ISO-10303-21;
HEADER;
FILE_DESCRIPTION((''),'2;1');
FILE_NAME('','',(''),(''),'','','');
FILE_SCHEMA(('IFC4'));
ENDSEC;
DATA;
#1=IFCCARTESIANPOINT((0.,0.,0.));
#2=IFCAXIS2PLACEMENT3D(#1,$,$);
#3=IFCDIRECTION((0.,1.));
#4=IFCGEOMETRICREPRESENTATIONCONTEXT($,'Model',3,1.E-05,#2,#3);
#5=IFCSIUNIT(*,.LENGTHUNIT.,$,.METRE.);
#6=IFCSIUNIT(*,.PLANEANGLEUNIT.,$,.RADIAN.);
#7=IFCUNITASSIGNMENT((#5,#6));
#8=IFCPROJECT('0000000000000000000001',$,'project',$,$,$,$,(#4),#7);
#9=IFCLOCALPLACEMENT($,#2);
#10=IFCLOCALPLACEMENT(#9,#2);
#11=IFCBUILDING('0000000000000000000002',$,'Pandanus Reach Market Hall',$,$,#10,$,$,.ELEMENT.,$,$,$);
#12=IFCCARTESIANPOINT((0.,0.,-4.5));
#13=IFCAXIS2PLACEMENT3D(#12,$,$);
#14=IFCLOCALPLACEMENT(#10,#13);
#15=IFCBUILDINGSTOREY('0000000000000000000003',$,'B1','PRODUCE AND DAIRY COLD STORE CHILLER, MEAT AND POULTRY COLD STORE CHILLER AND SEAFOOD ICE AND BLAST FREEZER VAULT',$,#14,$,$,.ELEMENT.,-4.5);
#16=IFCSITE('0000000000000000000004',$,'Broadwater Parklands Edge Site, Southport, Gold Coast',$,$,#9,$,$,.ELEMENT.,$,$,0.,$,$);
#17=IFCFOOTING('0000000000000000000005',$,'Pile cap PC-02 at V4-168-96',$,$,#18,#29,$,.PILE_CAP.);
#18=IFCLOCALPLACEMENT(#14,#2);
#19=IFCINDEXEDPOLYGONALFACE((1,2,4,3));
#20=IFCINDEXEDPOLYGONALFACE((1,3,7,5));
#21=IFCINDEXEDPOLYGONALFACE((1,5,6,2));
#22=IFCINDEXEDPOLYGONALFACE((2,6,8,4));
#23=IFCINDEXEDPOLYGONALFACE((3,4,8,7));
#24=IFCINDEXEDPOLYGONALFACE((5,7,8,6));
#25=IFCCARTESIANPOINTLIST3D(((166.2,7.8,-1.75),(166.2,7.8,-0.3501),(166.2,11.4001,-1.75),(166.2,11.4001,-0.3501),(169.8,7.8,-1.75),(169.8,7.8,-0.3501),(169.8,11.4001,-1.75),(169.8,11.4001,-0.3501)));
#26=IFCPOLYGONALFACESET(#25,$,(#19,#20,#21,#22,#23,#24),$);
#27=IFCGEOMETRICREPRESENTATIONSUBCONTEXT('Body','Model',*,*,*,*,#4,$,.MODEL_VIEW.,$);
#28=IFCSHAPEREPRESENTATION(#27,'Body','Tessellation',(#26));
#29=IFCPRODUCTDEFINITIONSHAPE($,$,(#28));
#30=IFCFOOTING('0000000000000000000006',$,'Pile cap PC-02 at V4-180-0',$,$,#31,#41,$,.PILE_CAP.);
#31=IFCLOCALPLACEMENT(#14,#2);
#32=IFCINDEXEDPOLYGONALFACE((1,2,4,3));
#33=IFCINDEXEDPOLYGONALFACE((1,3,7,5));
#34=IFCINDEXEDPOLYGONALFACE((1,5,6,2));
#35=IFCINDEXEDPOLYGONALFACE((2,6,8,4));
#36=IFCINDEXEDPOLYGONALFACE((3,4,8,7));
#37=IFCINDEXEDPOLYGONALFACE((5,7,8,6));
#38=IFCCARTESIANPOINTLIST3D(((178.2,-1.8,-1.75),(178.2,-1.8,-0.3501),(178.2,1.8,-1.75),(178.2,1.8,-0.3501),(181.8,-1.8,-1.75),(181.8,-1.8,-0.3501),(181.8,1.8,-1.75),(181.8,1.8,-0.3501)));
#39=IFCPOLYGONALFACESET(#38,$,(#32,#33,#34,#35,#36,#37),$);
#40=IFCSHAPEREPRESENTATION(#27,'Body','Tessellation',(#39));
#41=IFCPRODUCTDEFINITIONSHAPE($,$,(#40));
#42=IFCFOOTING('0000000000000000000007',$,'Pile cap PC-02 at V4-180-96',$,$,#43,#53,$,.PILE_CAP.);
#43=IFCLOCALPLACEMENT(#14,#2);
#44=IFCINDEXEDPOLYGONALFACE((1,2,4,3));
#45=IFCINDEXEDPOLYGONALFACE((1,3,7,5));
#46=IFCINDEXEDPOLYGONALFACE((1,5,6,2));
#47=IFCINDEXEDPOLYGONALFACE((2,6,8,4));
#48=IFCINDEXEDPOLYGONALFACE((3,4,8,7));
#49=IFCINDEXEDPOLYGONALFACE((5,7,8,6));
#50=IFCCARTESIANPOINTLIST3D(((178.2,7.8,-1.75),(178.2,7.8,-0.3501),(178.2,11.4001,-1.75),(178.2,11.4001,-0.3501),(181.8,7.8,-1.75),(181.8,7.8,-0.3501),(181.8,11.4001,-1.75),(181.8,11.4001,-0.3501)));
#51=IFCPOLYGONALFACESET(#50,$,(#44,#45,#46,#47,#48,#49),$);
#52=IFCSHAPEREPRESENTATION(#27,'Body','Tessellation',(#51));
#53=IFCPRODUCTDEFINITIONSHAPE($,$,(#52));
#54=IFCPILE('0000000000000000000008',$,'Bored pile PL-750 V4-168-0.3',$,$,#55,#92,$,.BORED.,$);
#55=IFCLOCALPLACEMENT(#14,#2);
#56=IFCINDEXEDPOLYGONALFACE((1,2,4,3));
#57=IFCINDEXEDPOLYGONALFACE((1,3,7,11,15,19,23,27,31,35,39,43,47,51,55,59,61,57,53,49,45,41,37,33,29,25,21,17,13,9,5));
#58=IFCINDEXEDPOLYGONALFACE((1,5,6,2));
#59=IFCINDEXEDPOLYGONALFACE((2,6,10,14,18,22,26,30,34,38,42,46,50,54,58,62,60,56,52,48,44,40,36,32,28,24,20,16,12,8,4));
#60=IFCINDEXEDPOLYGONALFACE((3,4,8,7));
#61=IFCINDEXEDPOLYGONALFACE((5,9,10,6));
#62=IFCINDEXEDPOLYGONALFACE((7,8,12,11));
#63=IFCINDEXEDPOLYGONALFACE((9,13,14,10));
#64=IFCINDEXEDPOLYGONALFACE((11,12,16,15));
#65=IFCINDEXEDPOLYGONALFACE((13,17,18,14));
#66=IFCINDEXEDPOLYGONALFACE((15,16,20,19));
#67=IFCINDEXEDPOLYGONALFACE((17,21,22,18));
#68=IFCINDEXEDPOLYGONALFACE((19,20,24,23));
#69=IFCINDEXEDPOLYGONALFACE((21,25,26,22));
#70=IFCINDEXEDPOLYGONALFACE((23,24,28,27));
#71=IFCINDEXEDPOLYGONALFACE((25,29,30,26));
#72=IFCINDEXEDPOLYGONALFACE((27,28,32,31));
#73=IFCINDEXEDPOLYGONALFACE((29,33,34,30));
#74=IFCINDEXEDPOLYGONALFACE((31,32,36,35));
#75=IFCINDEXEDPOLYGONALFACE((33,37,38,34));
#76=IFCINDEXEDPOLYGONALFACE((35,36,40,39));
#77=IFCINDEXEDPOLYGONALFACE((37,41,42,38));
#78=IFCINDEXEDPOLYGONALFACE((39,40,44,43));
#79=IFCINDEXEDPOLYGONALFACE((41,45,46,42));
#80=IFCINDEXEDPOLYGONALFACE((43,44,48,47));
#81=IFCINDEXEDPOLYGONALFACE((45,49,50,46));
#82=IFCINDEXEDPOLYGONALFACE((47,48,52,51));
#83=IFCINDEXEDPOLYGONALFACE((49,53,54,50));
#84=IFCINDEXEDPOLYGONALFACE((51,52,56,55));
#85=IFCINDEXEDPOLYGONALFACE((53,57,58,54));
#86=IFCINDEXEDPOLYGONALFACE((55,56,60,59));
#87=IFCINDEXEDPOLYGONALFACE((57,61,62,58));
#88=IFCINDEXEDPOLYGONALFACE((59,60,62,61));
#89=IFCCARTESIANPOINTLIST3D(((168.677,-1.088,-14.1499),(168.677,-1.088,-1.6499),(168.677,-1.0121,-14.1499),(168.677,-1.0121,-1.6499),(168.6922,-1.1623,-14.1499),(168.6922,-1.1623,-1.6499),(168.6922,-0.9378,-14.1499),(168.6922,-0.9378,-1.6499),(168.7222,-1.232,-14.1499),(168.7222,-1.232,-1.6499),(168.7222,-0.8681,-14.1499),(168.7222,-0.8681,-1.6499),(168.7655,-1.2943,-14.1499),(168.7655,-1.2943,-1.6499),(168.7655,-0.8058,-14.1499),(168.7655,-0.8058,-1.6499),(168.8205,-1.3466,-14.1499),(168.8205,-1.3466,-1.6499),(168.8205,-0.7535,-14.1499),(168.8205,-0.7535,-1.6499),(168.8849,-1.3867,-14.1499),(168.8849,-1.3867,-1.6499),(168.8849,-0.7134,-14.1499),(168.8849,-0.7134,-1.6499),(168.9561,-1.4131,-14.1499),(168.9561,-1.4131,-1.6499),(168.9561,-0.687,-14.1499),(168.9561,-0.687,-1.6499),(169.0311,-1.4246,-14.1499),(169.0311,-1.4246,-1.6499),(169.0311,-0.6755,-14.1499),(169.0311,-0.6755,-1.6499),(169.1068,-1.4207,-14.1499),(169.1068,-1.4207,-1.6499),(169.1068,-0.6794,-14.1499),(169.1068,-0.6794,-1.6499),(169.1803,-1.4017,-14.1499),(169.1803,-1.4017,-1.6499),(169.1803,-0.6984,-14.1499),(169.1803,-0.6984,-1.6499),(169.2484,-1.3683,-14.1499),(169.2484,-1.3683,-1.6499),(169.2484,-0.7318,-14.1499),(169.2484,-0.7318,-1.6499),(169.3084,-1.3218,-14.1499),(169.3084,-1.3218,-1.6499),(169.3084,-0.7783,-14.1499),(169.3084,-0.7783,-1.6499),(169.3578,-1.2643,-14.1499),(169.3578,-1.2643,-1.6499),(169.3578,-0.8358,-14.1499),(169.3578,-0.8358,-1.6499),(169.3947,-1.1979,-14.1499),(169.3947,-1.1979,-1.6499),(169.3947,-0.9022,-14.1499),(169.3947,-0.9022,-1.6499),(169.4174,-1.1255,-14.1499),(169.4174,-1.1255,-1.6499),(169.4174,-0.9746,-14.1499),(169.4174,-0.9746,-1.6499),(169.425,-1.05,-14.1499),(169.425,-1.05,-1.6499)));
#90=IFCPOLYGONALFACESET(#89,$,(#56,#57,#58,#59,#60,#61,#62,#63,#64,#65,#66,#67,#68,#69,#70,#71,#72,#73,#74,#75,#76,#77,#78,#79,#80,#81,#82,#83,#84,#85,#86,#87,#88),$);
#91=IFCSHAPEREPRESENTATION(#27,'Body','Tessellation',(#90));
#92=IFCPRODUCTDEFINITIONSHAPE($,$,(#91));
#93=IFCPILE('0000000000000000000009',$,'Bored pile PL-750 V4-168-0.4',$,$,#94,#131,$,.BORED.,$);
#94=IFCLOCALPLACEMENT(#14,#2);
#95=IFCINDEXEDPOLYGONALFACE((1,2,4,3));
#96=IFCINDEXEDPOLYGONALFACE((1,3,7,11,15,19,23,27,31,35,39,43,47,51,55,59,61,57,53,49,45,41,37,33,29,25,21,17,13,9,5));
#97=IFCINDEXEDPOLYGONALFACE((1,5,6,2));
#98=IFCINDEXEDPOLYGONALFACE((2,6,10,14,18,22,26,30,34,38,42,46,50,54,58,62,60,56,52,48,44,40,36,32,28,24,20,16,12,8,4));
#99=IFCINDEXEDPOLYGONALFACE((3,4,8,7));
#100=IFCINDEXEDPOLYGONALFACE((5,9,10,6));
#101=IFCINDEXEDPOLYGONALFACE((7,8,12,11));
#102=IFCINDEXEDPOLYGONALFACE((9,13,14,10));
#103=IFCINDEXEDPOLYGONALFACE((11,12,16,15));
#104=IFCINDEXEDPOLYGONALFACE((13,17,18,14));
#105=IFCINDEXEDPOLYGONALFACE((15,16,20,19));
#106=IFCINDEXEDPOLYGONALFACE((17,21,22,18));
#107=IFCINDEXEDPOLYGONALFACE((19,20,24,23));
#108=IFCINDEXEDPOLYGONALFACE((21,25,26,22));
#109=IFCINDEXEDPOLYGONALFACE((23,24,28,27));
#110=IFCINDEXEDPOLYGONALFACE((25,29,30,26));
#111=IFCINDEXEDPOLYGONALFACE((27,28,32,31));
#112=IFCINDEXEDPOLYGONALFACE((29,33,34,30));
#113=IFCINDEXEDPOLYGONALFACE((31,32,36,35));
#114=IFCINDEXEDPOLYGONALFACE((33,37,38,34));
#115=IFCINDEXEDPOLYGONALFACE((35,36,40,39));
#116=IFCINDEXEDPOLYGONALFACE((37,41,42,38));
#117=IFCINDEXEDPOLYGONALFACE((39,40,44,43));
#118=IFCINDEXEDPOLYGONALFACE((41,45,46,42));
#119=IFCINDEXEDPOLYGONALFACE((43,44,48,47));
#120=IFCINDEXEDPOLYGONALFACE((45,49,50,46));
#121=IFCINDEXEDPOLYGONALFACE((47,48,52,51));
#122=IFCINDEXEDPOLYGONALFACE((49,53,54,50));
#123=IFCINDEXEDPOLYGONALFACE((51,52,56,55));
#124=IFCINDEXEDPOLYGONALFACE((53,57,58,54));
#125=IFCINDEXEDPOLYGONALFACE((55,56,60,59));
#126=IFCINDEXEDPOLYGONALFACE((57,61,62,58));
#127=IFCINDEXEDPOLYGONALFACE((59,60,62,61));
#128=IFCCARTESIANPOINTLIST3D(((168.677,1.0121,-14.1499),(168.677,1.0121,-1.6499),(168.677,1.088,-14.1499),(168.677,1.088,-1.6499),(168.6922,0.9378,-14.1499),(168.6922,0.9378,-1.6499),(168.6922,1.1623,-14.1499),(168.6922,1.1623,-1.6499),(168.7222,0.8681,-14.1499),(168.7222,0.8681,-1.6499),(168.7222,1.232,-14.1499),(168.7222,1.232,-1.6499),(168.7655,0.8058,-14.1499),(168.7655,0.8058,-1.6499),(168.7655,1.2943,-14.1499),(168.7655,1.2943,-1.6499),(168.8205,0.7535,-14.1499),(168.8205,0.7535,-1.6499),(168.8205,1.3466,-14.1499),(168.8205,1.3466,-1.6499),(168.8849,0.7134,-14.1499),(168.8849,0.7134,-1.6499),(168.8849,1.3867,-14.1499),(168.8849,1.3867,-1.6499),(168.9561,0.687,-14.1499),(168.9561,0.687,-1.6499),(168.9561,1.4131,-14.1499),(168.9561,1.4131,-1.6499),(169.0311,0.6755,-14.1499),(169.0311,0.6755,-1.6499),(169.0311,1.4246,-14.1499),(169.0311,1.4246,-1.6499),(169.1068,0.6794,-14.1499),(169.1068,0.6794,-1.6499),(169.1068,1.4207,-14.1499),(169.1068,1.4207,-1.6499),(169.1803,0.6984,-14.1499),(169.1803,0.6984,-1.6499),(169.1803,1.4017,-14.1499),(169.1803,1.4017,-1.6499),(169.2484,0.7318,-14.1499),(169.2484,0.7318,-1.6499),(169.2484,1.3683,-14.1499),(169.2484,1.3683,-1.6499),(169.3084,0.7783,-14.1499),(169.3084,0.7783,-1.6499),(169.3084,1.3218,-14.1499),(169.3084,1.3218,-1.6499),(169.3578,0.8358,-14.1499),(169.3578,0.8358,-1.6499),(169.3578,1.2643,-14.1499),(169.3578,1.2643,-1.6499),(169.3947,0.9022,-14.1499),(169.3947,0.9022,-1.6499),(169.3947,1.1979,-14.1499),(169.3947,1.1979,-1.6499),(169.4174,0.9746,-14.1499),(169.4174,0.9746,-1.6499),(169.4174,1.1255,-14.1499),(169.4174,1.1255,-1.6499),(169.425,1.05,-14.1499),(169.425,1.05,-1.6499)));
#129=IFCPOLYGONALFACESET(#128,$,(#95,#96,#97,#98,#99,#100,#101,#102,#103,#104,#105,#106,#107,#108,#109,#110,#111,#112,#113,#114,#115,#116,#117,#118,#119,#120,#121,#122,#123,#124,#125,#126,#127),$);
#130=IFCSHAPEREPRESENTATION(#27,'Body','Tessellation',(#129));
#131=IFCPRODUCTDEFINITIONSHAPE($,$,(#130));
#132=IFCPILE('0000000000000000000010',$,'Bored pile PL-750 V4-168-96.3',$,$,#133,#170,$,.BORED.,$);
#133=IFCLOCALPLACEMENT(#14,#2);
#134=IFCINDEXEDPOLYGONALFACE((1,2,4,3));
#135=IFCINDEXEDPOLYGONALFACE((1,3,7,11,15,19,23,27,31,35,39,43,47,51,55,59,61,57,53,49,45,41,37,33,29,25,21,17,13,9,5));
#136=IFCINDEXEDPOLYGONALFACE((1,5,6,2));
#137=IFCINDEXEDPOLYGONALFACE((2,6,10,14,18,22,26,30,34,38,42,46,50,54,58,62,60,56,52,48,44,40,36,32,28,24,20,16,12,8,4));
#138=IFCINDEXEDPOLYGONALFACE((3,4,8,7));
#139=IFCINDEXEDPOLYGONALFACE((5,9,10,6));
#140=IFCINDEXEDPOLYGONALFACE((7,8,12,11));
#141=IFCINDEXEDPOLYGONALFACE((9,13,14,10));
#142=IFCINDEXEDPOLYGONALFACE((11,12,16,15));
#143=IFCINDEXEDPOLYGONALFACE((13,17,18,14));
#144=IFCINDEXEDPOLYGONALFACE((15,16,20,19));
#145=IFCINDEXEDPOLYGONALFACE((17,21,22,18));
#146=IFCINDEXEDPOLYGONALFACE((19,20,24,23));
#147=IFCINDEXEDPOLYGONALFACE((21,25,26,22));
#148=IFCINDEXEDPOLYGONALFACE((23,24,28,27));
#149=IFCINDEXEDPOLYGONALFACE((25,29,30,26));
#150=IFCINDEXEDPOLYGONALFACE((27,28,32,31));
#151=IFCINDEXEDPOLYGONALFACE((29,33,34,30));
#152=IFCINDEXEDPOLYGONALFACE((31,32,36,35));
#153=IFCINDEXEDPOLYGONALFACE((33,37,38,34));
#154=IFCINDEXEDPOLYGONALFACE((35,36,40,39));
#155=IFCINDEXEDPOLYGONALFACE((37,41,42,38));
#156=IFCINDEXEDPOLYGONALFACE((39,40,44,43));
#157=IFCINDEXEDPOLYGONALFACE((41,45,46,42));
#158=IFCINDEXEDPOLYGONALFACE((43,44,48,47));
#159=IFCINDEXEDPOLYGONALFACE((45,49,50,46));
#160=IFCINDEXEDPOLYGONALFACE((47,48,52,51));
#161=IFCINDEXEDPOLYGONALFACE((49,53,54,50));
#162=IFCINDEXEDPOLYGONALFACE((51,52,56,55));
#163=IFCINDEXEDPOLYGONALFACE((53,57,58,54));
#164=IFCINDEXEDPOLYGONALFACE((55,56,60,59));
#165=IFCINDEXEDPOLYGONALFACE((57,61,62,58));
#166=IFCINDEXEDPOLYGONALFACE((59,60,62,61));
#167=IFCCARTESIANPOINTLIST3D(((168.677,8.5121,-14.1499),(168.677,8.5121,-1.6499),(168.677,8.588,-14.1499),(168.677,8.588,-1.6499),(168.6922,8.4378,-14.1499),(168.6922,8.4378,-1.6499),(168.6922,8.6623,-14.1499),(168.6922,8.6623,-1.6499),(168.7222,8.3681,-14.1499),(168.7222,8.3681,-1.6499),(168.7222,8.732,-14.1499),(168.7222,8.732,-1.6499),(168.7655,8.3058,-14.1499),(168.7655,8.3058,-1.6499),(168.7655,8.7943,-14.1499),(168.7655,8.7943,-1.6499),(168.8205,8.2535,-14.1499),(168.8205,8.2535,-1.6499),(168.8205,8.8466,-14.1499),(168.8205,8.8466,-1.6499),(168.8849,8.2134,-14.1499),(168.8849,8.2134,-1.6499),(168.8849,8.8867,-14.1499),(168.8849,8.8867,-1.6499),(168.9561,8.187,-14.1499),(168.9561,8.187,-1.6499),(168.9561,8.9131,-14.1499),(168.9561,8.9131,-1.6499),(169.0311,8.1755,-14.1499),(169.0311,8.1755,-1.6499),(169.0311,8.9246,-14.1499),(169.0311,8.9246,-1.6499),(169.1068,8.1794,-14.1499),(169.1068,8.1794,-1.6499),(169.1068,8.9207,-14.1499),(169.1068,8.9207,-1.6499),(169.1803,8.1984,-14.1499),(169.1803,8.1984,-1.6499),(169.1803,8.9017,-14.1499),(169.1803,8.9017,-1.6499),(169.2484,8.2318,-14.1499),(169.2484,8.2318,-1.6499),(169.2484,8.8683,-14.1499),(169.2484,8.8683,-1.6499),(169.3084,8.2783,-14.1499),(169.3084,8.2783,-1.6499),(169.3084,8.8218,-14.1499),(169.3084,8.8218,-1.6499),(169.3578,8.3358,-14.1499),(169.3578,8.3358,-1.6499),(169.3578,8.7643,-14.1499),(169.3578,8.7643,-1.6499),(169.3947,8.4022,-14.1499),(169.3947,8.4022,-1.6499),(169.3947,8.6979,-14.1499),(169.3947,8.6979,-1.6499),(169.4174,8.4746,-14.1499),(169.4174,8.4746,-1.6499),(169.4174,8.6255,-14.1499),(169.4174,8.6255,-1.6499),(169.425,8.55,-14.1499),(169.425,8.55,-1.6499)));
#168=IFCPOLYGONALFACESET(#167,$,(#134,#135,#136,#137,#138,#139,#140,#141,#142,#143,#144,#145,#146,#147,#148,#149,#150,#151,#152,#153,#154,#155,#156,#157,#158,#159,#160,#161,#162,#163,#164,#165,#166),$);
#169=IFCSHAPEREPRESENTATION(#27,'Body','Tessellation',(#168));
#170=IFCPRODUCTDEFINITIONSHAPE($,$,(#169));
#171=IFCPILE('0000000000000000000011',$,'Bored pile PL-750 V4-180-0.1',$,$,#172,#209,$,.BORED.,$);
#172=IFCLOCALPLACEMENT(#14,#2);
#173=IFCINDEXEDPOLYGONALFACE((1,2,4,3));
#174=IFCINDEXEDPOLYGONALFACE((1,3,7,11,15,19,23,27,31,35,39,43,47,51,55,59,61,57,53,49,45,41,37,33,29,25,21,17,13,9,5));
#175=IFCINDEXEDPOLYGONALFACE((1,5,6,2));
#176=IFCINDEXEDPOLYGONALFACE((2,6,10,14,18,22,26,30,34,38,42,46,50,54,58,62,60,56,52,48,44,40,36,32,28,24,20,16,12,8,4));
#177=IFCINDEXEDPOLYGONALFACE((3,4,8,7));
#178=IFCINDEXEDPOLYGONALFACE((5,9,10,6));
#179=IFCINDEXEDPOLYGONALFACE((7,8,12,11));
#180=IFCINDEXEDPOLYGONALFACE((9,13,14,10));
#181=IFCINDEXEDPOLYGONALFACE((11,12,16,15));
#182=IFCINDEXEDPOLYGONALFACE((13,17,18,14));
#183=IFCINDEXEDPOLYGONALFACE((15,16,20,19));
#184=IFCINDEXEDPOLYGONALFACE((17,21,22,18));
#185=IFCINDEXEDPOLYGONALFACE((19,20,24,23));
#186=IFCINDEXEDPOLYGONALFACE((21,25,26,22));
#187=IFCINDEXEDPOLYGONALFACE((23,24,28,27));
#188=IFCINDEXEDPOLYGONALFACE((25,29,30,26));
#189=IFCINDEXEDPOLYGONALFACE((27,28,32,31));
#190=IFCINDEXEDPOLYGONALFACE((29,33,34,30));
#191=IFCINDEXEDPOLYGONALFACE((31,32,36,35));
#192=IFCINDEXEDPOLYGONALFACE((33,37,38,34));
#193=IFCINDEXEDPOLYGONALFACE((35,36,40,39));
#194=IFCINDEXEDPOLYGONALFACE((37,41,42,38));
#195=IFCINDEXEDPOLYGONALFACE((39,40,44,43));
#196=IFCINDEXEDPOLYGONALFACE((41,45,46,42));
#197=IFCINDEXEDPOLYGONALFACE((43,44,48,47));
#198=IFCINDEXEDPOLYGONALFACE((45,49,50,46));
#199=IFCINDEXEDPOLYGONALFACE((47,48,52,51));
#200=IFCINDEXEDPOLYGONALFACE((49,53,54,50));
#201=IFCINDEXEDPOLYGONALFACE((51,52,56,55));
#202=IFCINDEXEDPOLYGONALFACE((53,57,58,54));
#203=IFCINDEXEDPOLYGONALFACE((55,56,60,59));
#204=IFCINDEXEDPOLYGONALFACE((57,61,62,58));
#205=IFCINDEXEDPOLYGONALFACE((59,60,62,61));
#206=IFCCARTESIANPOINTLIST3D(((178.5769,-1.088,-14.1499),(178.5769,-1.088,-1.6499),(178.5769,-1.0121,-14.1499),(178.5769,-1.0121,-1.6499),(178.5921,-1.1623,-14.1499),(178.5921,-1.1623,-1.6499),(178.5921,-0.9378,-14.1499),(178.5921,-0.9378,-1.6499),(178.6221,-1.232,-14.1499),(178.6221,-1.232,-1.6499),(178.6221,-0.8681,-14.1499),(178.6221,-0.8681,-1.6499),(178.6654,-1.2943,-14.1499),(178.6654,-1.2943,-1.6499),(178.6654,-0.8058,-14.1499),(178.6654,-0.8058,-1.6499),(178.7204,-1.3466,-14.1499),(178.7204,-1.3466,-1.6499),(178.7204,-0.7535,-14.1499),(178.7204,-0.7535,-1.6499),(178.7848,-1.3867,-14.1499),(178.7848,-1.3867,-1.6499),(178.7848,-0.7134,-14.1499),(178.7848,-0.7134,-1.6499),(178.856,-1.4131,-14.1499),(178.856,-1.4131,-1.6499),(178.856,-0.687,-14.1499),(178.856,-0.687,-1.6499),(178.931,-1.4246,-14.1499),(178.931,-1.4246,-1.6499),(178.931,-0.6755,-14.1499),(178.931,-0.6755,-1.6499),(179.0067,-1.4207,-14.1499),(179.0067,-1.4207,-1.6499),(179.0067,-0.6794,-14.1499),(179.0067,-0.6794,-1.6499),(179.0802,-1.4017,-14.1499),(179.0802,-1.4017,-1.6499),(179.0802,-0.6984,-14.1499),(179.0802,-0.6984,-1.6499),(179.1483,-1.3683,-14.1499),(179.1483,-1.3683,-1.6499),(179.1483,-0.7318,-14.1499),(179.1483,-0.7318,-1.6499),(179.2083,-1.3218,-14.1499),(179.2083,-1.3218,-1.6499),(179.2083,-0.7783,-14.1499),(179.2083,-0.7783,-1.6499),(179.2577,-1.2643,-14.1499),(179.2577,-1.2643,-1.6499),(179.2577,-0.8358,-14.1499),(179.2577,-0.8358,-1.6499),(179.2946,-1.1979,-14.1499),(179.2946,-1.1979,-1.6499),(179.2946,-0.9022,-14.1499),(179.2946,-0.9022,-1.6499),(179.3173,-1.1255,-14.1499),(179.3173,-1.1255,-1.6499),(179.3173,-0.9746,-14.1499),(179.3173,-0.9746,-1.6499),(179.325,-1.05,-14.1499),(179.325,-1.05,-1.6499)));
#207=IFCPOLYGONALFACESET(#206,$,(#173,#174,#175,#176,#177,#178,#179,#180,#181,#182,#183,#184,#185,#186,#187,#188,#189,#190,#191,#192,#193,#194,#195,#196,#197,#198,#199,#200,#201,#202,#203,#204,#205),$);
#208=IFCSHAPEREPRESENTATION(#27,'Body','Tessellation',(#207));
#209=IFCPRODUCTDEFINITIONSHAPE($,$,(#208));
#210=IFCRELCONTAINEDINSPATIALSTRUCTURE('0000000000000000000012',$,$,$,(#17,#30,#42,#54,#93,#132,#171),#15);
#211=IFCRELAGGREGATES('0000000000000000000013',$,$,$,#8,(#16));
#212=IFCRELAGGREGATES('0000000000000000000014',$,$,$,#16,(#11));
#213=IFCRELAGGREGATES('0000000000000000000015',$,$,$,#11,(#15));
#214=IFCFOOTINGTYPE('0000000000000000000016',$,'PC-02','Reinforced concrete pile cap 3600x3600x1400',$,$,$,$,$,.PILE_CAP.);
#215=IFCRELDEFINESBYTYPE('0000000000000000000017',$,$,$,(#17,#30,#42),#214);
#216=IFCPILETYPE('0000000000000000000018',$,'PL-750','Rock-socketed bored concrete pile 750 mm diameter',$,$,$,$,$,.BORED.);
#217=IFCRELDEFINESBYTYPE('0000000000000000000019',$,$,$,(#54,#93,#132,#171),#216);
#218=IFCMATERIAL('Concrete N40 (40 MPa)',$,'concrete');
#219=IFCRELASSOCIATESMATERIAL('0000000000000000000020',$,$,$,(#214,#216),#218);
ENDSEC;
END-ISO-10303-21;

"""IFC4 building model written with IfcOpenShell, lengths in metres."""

from ifc_helpers import new_model, si_unit, direction, frame, origin, origin_2d, place, context, subcontext, project, spatial, rectangle, circle, extrude, material, material_profile, profile_set, type_object, element, save


model = new_model("IFC4")

# Units and contexts
model_context = context("Model", 3, precision=1e-05, world=origin(), true_north=direction((0.0, 1.0)))
body_context = subcontext(model_context, "Body", "Model", "MODEL_VIEW")
ifc_project = project(units=[si_unit("LENGTHUNIT", "METRE"), si_unit("PLANEANGLEUNIT", "RADIAN")], contexts=[model_context])

# Site, building, storey
site_placement = place(None, origin())
site = spatial("IfcSite", under=ifc_project, at=site_placement, Name="Broadwater Parklands Edge Site, Southport, Gold Coast", CompositionType="ELEMENT", RefElevation=0.0)
building_placement = place(site_placement, origin())
building = spatial("IfcBuilding", under=site, at=building_placement, Name="Pandanus Reach Market Hall", CompositionType="ELEMENT")
storey_placement = place(building_placement, frame((0.0, 0.0, -4.5)))
storey = spatial("IfcBuildingStorey", under=building, at=storey_placement, Name="B1", Description="PRODUCE AND DAIRY COLD STORE CHILLER, MEAT AND POULTRY COLD STORE CHILLER AND SEAFOOD ICE AND BLAST FREEZER VAULT", CompositionType="ELEMENT", Elevation=-4.5)

# Footings
ifc_material_1 = material(Name="Concrete N40 (40 MPa)", Category="concrete")
footing_type_1 = type_object("IfcFootingType", Name="PC-02", Description="Reinforced concrete pile cap 3600x3600x1400", PredefinedType="PILE_CAP", material=ifc_material_1)
for number, where, z_axis, x_axis, name in (
    (1, (168.0, 9.6001, -1.75), (0.0, 0.0, 1.0), (1.0, 0.0, 0.0), "Pile cap PC-02 at V4-168-96"),
    (2, (180.0, 0.0, -1.75), (0.0, 0.0, 1.0), (1.0, 0.0, 0.0), "Pile cap PC-02 at V4-180-0"),
    (3, (180.0, 9.6001, -1.75), (0.0, 0.0, 1.0), (1.0, 0.0, 0.0), "Pile cap PC-02 at V4-180-96"),
):
    element("IfcFooting", number, at=place(storey_placement, frame(where, z_axis=z_axis, x_axis=x_axis)), inside=storey, type_object=footing_type_1, Name=name, PredefinedType="PILE_CAP", context=body_context, shape_type="SweptSolid", body=[
        extrude(rectangle(XDim=3.6001, YDim=3.6001, at=origin_2d()), origin(), (0.0, 0.0, 1.0), 1.3999),
    ])

# Piles
ifc_material_profile_1 = material_profile(ifc_material_1, circle(Radius=0.375, at=origin_2d()), Name="PILE-750D", Category="LoadBearing")
ifc_profile_set_1 = profile_set([ifc_material_profile_1], Name="Concrete N40 (40 MPa)")
pile_type = type_object("IfcPileType", Name="PL-750", Description="Rock-socketed bored concrete pile 750 mm diameter", PredefinedType="BORED", material=ifc_profile_set_1)
for number, where, z_axis, x_axis, name in (
    (4, (169.05, -1.05, -1.6499), (0.0, 0.0, -1.0), (1.0, 0.0, 0.0), "Bored pile PL-750 V4-168-0.3"),
    (5, (169.05, 1.05, -1.6499), (0.0, 0.0, -1.0), (1.0, 0.0, 0.0), "Bored pile PL-750 V4-168-0.4"),
    (6, (169.05, 8.55, -1.6499), (0.0, 0.0, -1.0), (1.0, 0.0, 0.0), "Bored pile PL-750 V4-168-96.3"),
    (7, (178.95, -1.05, -1.6499), (0.0, 0.0, -1.0), (1.0, 0.0, 0.0), "Bored pile PL-750 V4-180-0.1"),
):
    element("IfcPile", number, at=place(storey_placement, frame(where, z_axis=z_axis, x_axis=x_axis)), inside=storey, type_object=pile_type, Name=name, PredefinedType="BORED", context=body_context, shape_type="SweptSolid", body=[
        extrude(circle(Radius=0.375, at=origin_2d()), origin(), (0.0, 0.0, 1.0), 12.5),
    ])

save(model, "model.ifc")
